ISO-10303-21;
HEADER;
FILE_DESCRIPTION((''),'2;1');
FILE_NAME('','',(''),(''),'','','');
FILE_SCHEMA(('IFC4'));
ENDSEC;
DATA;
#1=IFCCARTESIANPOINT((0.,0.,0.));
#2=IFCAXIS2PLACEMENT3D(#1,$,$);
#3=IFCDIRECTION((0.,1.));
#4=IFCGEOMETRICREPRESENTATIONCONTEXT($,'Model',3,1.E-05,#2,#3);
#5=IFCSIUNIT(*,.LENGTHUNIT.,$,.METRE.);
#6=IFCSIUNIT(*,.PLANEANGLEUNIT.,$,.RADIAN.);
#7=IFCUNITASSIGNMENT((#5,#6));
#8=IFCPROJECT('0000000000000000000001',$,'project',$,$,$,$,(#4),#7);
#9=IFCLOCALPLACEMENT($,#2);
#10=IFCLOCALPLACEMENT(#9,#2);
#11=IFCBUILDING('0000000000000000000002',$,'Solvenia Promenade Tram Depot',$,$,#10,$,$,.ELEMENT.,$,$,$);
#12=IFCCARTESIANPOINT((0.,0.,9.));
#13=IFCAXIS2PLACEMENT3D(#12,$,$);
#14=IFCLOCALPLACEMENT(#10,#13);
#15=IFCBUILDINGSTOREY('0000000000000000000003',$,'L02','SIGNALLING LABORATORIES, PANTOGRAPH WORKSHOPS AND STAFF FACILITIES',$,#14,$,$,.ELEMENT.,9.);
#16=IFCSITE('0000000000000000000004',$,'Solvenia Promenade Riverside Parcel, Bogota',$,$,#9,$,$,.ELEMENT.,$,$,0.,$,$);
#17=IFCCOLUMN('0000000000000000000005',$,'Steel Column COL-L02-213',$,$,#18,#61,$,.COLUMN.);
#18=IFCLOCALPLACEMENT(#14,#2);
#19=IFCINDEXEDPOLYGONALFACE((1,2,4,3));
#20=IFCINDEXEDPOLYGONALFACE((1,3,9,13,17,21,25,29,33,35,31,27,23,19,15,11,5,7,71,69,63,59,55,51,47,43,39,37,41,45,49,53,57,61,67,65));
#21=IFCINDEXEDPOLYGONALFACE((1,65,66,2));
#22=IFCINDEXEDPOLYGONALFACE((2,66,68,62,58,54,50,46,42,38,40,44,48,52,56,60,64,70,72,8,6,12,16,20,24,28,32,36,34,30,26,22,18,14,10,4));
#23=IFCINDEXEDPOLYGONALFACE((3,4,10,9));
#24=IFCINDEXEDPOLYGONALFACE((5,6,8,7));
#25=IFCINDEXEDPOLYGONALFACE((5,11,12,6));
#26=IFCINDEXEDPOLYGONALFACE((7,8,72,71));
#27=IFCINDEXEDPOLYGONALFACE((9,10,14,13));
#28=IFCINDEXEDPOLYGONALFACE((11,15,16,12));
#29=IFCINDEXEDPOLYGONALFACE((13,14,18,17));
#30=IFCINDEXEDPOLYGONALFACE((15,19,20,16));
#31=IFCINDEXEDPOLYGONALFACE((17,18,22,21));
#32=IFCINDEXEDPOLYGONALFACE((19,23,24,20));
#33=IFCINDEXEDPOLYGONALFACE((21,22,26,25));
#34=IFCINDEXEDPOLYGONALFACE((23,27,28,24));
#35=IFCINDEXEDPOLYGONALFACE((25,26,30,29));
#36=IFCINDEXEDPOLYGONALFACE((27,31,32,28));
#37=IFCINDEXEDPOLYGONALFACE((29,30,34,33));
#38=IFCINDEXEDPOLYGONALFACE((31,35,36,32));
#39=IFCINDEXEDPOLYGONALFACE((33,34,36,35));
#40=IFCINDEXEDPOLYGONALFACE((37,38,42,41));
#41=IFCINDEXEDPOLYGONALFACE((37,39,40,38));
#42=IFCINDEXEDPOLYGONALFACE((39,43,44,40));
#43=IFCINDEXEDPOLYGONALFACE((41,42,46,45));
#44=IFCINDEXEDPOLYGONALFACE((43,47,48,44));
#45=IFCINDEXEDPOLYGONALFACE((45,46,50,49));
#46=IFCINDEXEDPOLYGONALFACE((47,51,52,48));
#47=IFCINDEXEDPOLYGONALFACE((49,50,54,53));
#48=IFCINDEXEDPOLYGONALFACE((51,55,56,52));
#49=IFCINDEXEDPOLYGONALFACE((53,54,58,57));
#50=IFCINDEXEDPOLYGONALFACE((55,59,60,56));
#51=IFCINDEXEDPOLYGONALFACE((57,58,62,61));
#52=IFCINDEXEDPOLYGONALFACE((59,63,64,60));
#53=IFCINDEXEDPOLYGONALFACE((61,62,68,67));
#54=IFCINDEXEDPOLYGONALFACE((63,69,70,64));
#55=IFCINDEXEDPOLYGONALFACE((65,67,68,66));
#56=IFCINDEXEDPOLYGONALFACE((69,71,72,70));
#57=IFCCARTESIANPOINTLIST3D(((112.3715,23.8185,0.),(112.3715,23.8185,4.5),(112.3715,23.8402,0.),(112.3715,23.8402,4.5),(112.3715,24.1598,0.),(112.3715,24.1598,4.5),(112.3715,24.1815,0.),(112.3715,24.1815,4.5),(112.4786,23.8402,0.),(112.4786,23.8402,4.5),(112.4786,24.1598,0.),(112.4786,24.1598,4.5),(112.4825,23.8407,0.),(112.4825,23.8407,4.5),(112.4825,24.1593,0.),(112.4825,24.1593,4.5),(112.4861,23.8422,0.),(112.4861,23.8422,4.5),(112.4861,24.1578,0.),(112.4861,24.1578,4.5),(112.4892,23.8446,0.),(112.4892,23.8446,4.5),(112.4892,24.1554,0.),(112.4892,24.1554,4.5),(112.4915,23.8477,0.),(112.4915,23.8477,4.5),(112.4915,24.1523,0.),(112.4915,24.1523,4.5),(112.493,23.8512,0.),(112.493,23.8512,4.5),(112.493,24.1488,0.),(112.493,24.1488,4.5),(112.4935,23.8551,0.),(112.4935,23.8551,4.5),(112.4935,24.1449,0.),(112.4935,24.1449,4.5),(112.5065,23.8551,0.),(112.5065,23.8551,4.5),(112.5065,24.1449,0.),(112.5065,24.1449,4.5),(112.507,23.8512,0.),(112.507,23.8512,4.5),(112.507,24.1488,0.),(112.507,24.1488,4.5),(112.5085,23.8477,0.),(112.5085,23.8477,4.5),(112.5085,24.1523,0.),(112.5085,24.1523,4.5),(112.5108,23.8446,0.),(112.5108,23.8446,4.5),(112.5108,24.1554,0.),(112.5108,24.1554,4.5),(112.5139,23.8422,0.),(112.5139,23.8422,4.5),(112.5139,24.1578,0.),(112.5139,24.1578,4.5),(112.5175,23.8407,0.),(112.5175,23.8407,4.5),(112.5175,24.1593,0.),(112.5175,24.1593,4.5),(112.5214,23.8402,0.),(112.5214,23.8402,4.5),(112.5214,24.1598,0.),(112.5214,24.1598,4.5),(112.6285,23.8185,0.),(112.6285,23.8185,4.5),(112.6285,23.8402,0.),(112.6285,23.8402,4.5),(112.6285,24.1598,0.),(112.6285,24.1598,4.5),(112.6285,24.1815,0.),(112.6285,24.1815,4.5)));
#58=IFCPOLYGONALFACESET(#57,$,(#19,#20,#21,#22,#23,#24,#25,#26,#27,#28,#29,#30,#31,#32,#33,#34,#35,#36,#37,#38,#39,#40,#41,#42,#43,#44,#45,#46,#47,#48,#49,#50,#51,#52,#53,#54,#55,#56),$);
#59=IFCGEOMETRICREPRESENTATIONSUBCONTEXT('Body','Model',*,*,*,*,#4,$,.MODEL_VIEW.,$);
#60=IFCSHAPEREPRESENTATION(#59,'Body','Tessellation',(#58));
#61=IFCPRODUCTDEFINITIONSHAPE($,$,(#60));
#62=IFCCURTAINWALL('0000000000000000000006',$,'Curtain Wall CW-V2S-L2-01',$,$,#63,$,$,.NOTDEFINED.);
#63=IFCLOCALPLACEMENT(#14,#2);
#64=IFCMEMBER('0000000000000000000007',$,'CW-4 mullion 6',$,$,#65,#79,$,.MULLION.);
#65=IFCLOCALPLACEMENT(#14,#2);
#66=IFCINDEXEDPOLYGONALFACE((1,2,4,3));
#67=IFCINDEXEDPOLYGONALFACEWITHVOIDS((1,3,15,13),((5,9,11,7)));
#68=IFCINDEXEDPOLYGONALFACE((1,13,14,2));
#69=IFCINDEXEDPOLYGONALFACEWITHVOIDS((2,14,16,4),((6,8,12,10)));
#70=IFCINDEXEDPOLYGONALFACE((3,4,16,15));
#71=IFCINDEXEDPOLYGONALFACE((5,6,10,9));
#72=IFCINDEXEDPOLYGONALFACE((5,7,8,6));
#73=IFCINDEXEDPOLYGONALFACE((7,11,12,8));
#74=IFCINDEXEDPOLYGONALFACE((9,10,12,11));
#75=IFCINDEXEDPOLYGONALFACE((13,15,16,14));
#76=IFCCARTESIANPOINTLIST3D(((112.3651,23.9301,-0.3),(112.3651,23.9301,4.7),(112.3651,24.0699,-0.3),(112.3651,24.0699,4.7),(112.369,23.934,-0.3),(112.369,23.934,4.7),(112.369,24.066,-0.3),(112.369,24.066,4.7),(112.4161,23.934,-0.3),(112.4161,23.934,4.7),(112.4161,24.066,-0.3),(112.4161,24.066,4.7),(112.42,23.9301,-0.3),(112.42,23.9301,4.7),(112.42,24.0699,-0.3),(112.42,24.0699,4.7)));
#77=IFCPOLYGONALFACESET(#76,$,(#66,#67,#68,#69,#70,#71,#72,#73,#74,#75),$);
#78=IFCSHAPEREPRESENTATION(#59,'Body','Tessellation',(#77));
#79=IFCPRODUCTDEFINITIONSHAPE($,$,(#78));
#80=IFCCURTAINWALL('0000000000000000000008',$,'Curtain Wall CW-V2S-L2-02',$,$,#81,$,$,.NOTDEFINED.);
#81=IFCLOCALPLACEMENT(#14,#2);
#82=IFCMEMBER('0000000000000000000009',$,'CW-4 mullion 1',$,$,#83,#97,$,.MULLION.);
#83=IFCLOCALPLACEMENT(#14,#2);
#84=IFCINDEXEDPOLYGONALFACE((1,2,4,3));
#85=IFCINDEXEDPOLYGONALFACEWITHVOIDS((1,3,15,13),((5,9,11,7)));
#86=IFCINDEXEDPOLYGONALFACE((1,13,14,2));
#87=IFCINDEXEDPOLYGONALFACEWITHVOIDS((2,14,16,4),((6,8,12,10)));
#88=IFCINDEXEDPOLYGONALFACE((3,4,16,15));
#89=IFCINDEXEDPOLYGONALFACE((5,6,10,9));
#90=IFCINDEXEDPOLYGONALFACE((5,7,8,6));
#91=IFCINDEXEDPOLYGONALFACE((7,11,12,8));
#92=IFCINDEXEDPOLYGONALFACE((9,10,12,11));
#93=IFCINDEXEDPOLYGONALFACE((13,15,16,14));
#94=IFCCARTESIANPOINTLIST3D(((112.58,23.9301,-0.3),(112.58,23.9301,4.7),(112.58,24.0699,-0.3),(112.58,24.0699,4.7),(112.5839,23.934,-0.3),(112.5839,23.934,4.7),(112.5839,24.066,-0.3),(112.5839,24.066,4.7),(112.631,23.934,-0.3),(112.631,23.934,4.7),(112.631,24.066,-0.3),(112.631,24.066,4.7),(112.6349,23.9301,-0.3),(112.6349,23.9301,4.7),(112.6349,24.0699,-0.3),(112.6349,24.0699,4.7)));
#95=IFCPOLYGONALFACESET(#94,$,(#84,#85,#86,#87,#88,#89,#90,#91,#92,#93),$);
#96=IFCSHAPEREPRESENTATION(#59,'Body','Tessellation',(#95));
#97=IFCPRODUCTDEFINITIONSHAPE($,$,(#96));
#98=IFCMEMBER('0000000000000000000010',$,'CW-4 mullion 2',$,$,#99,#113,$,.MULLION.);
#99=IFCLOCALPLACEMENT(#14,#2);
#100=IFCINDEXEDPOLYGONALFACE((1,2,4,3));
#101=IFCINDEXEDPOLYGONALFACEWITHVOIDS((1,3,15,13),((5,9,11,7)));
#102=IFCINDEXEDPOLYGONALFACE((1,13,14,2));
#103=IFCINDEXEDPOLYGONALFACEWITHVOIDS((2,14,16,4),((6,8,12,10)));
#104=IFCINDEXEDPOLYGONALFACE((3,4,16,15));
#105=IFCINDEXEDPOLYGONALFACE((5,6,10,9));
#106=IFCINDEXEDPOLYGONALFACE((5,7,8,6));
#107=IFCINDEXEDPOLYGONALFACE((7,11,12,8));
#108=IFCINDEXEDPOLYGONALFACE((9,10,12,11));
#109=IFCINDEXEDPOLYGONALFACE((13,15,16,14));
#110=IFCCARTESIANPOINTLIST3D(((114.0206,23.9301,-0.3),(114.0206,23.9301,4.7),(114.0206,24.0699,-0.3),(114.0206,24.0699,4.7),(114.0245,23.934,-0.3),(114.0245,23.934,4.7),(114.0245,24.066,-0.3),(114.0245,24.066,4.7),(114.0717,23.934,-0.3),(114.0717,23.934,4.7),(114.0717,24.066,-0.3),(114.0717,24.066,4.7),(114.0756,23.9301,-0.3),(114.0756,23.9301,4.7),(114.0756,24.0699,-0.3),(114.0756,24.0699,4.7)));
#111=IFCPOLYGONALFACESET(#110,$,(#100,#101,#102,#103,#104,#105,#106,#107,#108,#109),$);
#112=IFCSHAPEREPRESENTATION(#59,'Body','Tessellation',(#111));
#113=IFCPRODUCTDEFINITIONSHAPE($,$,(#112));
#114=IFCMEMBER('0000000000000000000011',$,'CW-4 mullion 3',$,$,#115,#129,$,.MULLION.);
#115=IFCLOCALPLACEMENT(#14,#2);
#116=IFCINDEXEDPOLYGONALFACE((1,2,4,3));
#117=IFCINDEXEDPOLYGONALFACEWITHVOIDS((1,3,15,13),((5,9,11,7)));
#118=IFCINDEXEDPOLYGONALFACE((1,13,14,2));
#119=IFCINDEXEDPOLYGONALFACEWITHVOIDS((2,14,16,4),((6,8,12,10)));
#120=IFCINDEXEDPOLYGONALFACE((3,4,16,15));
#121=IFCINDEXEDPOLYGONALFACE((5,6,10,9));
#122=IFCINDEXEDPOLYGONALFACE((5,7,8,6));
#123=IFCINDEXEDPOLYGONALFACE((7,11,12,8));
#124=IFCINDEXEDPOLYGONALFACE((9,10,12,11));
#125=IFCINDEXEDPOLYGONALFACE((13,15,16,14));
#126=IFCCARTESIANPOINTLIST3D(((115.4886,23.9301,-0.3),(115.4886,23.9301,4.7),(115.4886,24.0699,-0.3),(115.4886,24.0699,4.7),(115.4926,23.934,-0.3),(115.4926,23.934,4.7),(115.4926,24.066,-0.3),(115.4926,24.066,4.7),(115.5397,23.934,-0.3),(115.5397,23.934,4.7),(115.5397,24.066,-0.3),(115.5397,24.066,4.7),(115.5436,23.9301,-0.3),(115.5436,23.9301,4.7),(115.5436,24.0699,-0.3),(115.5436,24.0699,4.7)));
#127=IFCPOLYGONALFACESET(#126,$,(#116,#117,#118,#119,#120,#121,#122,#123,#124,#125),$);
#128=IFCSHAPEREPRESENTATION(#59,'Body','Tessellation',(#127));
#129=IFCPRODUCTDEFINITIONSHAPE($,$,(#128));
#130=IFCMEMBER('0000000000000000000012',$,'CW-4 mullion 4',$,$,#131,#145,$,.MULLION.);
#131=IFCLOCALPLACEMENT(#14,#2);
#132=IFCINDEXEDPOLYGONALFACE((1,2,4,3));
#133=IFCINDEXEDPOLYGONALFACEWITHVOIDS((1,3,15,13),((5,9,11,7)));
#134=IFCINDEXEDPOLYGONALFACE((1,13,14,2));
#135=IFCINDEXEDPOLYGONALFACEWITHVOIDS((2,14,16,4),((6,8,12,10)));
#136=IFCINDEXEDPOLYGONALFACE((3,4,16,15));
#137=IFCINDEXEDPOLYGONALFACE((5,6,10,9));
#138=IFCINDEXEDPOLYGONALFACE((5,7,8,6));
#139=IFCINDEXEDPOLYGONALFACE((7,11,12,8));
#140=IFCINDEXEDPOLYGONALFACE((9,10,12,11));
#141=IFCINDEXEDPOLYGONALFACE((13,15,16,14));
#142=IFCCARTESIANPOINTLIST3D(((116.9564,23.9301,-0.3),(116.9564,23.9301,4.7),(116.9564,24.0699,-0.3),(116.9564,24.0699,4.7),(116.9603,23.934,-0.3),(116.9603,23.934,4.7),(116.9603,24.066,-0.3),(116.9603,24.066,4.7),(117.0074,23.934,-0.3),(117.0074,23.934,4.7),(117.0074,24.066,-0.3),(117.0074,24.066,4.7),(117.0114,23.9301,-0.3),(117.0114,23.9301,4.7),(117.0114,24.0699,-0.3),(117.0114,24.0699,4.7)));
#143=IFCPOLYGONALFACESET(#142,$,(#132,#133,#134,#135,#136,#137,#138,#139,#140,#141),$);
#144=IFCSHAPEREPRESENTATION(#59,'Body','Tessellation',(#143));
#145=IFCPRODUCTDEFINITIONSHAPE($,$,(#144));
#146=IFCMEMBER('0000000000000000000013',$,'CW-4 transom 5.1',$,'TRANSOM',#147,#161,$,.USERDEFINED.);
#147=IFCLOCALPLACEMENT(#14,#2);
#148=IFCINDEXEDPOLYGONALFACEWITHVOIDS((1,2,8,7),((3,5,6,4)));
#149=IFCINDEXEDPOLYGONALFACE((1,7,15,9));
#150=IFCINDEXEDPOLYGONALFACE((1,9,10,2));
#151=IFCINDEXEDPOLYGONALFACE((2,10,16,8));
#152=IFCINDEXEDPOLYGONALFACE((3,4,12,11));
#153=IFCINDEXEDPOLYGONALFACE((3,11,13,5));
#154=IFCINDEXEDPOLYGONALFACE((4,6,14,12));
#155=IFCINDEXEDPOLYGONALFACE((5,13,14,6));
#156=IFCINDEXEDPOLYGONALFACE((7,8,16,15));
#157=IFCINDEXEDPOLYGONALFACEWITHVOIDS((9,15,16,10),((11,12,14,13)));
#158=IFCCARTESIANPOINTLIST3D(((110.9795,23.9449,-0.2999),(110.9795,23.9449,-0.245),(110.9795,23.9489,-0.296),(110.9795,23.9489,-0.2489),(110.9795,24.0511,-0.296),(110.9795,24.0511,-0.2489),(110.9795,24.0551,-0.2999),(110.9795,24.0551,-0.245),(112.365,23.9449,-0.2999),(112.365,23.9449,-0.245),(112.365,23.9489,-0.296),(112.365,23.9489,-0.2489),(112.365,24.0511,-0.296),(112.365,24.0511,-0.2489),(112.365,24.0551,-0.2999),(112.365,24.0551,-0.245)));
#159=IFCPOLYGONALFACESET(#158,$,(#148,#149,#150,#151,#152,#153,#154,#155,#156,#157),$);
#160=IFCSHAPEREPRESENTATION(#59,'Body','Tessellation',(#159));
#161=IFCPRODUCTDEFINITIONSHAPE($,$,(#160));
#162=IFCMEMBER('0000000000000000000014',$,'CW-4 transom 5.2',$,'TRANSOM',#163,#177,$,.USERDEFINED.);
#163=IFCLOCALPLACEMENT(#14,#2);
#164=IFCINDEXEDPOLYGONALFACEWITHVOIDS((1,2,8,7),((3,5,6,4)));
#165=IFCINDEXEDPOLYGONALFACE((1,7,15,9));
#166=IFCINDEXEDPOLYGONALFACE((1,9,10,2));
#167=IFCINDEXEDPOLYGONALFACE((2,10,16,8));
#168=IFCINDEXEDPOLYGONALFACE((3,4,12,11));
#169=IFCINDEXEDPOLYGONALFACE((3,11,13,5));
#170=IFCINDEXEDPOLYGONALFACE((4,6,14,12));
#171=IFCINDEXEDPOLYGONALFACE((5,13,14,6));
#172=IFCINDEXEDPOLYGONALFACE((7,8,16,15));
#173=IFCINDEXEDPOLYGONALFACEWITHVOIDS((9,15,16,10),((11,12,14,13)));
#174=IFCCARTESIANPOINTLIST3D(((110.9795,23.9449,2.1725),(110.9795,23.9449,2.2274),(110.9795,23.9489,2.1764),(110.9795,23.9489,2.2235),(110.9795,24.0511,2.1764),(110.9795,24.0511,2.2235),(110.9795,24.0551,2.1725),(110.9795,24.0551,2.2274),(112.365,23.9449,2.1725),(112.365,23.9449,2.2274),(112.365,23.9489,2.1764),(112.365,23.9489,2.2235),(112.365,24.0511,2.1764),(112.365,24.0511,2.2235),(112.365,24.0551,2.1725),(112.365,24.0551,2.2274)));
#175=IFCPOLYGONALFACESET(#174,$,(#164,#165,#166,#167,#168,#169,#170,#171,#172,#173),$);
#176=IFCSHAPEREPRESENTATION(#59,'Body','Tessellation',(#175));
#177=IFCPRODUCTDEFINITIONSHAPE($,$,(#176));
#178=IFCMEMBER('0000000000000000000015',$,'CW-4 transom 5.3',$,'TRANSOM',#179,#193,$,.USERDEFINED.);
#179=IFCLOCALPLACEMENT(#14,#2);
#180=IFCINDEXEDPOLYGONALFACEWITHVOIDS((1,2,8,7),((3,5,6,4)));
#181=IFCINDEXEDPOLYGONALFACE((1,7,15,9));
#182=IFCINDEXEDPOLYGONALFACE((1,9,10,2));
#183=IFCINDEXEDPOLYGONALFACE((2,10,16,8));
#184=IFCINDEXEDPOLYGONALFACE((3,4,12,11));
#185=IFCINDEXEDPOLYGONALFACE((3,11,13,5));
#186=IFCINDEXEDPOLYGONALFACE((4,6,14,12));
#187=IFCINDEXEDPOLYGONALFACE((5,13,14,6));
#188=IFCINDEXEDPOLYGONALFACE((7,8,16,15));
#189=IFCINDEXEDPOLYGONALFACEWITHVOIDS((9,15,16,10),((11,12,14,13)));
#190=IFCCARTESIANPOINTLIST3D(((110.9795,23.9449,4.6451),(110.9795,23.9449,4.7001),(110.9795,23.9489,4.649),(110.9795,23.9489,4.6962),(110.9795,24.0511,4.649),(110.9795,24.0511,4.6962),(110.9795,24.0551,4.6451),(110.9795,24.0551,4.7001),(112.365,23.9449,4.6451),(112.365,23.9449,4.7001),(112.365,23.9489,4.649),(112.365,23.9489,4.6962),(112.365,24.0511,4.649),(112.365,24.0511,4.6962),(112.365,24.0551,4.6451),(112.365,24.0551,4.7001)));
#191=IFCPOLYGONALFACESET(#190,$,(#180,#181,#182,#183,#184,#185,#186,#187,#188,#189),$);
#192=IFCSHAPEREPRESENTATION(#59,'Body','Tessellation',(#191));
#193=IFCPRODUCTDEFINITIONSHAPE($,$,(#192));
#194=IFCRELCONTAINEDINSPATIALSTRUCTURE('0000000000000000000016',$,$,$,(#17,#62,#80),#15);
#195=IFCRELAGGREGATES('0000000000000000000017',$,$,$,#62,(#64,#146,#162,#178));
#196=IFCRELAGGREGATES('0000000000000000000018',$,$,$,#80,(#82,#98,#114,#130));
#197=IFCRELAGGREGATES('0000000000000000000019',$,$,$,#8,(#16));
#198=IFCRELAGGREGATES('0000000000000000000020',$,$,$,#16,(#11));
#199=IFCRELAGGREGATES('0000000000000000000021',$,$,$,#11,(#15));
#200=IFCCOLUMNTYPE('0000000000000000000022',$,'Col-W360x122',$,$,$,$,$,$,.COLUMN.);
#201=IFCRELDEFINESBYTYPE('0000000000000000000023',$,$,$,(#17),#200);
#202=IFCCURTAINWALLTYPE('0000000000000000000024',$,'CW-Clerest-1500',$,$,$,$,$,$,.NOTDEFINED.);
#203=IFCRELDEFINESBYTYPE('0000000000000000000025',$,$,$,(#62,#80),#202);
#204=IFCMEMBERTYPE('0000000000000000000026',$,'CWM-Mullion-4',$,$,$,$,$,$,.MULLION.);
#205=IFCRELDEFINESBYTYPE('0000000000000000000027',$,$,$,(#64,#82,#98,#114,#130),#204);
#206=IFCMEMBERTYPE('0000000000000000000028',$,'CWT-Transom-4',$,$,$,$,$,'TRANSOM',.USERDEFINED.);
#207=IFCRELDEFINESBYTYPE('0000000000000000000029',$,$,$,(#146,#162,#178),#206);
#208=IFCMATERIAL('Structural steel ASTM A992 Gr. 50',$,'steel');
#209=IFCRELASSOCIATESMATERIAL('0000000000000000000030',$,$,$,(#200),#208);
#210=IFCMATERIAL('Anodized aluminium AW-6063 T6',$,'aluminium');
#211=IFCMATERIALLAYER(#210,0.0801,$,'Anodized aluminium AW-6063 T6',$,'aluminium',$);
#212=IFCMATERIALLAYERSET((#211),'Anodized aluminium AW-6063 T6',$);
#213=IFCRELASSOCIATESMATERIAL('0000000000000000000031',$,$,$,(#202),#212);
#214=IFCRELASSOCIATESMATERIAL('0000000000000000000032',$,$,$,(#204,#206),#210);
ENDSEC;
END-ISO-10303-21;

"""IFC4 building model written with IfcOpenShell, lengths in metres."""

from ifc_helpers import new_model, si_unit, direction, frame, origin, origin_2d, place, context, subcontext, project, spatial, hollow_rectangle, i_section, extrude, material, layer, layer_set, material_profile, profile_set, type_object, element, aggregate, save


model = new_model("IFC4")

# Units and contexts
model_context = context("Model", 3, precision=1e-05, world=origin(), true_north=direction((0.0, 1.0)))
body_context = subcontext(model_context, "Body", "Model", "MODEL_VIEW")
ifc_project = project(units=[si_unit("LENGTHUNIT", "METRE"), si_unit("PLANEANGLEUNIT", "RADIAN")], contexts=[model_context])

# Site, building, storey
site_placement = place(None, origin())
site = spatial("IfcSite", under=ifc_project, at=site_placement, Name="Solvenia Promenade Riverside Parcel, Bogota", CompositionType="ELEMENT", RefElevation=0.0)
building_placement = place(site_placement, origin())
building = spatial("IfcBuilding", under=site, at=building_placement, Name="Solvenia Promenade Tram Depot", CompositionType="ELEMENT")
storey_placement = place(building_placement, frame((0.0, 0.0, 9.0)))
storey = spatial("IfcBuildingStorey", under=building, at=storey_placement, Name="L02", Description="SIGNALLING LABORATORIES, PANTOGRAPH WORKSHOPS AND STAFF FACILITIES", CompositionType="ELEMENT", Elevation=9.0)

# Column
ifc_material_1 = material(Name="Structural steel ASTM A992 Gr. 50", Category="steel")
ifc_material_profile_1 = material_profile(ifc_material_1, i_section(OverallWidth=0.2571, OverallDepth=0.363, WebThickness=0.0129, FlangeThickness=0.0217, FilletRadius=0.0149, at=origin_2d()), Name="W360x122", Category="steel")
ifc_profile_set_1 = profile_set([ifc_material_profile_1], Name="Structural steel ASTM A992 Gr. 50")
column_type = type_object("IfcColumnType", Name="Col-W360x122", PredefinedType="COLUMN", material=ifc_profile_set_1)
column_placement = place(storey_placement, frame((112.5, 24.0, 0.0), z_axis=(0.0, 0.0, 1.0), x_axis=(1.0, 0.0, 0.0)))
element("IfcColumn", 1, at=column_placement, inside=storey, type_object=column_type, Name="Steel Column COL-L02-213", PredefinedType="COLUMN", context=body_context, shape_type="SweptSolid", body=[
    extrude(i_section(OverallWidth=0.2571, OverallDepth=0.363, WebThickness=0.0129, FlangeThickness=0.0217, FilletRadius=0.0149, at=origin_2d()), origin(), (0.0, 0.0, 1.0), 4.5),
])

# Curtain wall, member
ifc_material_2 = material(Name="Anodized aluminium AW-6063 T6", Category="aluminium")
ifc_layer_1 = layer(ifc_material_2, 0.0801, Name="Anodized aluminium AW-6063 T6", Category="aluminium")
ifc_layer_set_1 = layer_set([ifc_layer_1], Name="Anodized aluminium AW-6063 T6")
curtain_wall_type = type_object("IfcCurtainWallType", Name="CW-Clerest-1500", PredefinedType="NOTDEFINED", material=ifc_layer_set_1)
curtain_wall_1_placement = place(storey_placement, origin())
curtain_wall_1 = element("IfcCurtainWall", 2, at=curtain_wall_1_placement, inside=storey, type_object=curtain_wall_type, Name="Curtain Wall CW-V2S-L2-01", PredefinedType="NOTDEFINED")
ifc_material_profile_2 = material_profile(ifc_material_2, hollow_rectangle(XDim=0.1399, YDim=0.0549, WallThickness=0.0039, at=origin_2d()), Name="ALU-M4", Category="aluminium")
ifc_profile_set_2 = profile_set([ifc_material_profile_2], Name="Anodized aluminium AW-6063 T6")
member_type_1 = type_object("IfcMemberType", Name="CWM-Mullion-4", PredefinedType="MULLION", material=ifc_profile_set_2)
member_1_placement = place(storey_placement, frame((112.3926, 24.0, -0.3), z_axis=(0.0, 0.0, 1.0), x_axis=(0.0, 1.0, 0.0)))
member_1 = element("IfcMember", 3, at=member_1_placement, type_object=member_type_1, Name="CW-4 mullion 6", PredefinedType="MULLION", context=body_context, shape_type="SweptSolid", body=[
    extrude(hollow_rectangle(XDim=0.1399, YDim=0.0549, WallThickness=0.0039, at=origin_2d()), origin(), (0.0, 0.0, 1.0), 5.0),
])

# Curtain wall, members
curtain_wall_2_placement = place(storey_placement, origin())
curtain_wall_2 = element("IfcCurtainWall", 4, at=curtain_wall_2_placement, inside=storey, type_object=curtain_wall_type, Name="Curtain Wall CW-V2S-L2-02", PredefinedType="NOTDEFINED")
member_2_placement = place(storey_placement, frame((112.6074, 24.0, -0.3), z_axis=(0.0, 0.0, 1.0), x_axis=(0.0, 1.0, 0.0)))
member_2 = element("IfcMember", 5, at=member_2_placement, type_object=member_type_1, Name="CW-4 mullion 1", PredefinedType="MULLION", context=body_context, shape_type="SweptSolid", body=[
    extrude(hollow_rectangle(XDim=0.1399, YDim=0.0549, WallThickness=0.0039, at=origin_2d()), origin(), (0.0, 0.0, 1.0), 5.0),
])
member_3_placement = place(storey_placement, frame((114.0481, 24.0, -0.3), z_axis=(0.0, 0.0, 1.0), x_axis=(0.0, 1.0, 0.0)))
member_3 = element("IfcMember", 6, at=member_3_placement, type_object=member_type_1, Name="CW-4 mullion 2", PredefinedType="MULLION", context=body_context, shape_type="SweptSolid", body=[
    extrude(hollow_rectangle(XDim=0.1399, YDim=0.0549, WallThickness=0.0039, at=origin_2d()), origin(), (0.0, 0.0, 1.0), 5.0),
])
member_4_placement = place(storey_placement, frame((115.5161, 24.0, -0.3), z_axis=(0.0, 0.0, 1.0), x_axis=(0.0, 1.0, 0.0)))
member_4 = element("IfcMember", 7, at=member_4_placement, type_object=member_type_1, Name="CW-4 mullion 3", PredefinedType="MULLION", context=body_context, shape_type="SweptSolid", body=[
    extrude(hollow_rectangle(XDim=0.1399, YDim=0.0549, WallThickness=0.0039, at=origin_2d()), origin(), (0.0, 0.0, 1.0), 5.0),
])
member_5_placement = place(storey_placement, frame((116.9839, 24.0, -0.3), z_axis=(0.0, 0.0, 1.0), x_axis=(0.0, 1.0, 0.0)))
member_5 = element("IfcMember", 8, at=member_5_placement, type_object=member_type_1, Name="CW-4 mullion 4", PredefinedType="MULLION", context=body_context, shape_type="SweptSolid", body=[
    extrude(hollow_rectangle(XDim=0.1399, YDim=0.0549, WallThickness=0.0039, at=origin_2d()), origin(), (0.0, 0.0, 1.0), 5.0),
])

# Members
ifc_material_profile_3 = material_profile(ifc_material_2, hollow_rectangle(XDim=0.1101, YDim=0.0549, WallThickness=0.0039, at=origin_2d()), Name="ALU-T4", Category="aluminium")
ifc_profile_set_3 = profile_set([ifc_material_profile_3], Name="Anodized aluminium AW-6063 T6")
member_type_2 = type_object("IfcMemberType", Name="CWT-Transom-4", ElementType="TRANSOM", PredefinedType="USERDEFINED", material=ifc_profile_set_3)
member_6_placement = place(storey_placement, frame((110.9795, 24.0, -0.2725), z_axis=(1.0, 0.0, 0.0), x_axis=(0.0, 1.0, 0.0)))
member_6 = element("IfcMember", 9, at=member_6_placement, type_object=member_type_2, Name="CW-4 transom 5.1", ObjectType="TRANSOM", PredefinedType="USERDEFINED", context=body_context, shape_type="SweptSolid", body=[
    extrude(hollow_rectangle(XDim=0.1101, YDim=0.0549, WallThickness=0.0039, at=origin_2d()), origin(), (0.0, 0.0, 1.0), 1.3855),
])
member_7_placement = place(storey_placement, frame((110.9795, 24.0, 2.2), z_axis=(1.0, 0.0, 0.0), x_axis=(0.0, 1.0, 0.0)))
member_7 = element("IfcMember", 10, at=member_7_placement, type_object=member_type_2, Name="CW-4 transom 5.2", ObjectType="TRANSOM", PredefinedType="USERDEFINED", context=body_context, shape_type="SweptSolid", body=[
    extrude(hollow_rectangle(XDim=0.1101, YDim=0.0549, WallThickness=0.0039, at=origin_2d()), origin(), (0.0, 0.0, 1.0), 1.3855),
])
member_8_placement = place(storey_placement, frame((110.9795, 24.0, 4.6726), z_axis=(1.0, 0.0, 0.0), x_axis=(0.0, 1.0, 0.0)))
member_8 = element("IfcMember", 11, at=member_8_placement, type_object=member_type_2, Name="CW-4 transom 5.3", ObjectType="TRANSOM", PredefinedType="USERDEFINED", context=body_context, shape_type="SweptSolid", body=[
    extrude(hollow_rectangle(XDim=0.1101, YDim=0.0549, WallThickness=0.0039, at=origin_2d()), origin(), (0.0, 0.0, 1.0), 1.3855),
])

aggregate(curtain_wall_1, [member_1, member_6, member_7, member_8])
aggregate(curtain_wall_2, [member_2, member_3, member_4, member_5])

save(model, "model.ifc")
